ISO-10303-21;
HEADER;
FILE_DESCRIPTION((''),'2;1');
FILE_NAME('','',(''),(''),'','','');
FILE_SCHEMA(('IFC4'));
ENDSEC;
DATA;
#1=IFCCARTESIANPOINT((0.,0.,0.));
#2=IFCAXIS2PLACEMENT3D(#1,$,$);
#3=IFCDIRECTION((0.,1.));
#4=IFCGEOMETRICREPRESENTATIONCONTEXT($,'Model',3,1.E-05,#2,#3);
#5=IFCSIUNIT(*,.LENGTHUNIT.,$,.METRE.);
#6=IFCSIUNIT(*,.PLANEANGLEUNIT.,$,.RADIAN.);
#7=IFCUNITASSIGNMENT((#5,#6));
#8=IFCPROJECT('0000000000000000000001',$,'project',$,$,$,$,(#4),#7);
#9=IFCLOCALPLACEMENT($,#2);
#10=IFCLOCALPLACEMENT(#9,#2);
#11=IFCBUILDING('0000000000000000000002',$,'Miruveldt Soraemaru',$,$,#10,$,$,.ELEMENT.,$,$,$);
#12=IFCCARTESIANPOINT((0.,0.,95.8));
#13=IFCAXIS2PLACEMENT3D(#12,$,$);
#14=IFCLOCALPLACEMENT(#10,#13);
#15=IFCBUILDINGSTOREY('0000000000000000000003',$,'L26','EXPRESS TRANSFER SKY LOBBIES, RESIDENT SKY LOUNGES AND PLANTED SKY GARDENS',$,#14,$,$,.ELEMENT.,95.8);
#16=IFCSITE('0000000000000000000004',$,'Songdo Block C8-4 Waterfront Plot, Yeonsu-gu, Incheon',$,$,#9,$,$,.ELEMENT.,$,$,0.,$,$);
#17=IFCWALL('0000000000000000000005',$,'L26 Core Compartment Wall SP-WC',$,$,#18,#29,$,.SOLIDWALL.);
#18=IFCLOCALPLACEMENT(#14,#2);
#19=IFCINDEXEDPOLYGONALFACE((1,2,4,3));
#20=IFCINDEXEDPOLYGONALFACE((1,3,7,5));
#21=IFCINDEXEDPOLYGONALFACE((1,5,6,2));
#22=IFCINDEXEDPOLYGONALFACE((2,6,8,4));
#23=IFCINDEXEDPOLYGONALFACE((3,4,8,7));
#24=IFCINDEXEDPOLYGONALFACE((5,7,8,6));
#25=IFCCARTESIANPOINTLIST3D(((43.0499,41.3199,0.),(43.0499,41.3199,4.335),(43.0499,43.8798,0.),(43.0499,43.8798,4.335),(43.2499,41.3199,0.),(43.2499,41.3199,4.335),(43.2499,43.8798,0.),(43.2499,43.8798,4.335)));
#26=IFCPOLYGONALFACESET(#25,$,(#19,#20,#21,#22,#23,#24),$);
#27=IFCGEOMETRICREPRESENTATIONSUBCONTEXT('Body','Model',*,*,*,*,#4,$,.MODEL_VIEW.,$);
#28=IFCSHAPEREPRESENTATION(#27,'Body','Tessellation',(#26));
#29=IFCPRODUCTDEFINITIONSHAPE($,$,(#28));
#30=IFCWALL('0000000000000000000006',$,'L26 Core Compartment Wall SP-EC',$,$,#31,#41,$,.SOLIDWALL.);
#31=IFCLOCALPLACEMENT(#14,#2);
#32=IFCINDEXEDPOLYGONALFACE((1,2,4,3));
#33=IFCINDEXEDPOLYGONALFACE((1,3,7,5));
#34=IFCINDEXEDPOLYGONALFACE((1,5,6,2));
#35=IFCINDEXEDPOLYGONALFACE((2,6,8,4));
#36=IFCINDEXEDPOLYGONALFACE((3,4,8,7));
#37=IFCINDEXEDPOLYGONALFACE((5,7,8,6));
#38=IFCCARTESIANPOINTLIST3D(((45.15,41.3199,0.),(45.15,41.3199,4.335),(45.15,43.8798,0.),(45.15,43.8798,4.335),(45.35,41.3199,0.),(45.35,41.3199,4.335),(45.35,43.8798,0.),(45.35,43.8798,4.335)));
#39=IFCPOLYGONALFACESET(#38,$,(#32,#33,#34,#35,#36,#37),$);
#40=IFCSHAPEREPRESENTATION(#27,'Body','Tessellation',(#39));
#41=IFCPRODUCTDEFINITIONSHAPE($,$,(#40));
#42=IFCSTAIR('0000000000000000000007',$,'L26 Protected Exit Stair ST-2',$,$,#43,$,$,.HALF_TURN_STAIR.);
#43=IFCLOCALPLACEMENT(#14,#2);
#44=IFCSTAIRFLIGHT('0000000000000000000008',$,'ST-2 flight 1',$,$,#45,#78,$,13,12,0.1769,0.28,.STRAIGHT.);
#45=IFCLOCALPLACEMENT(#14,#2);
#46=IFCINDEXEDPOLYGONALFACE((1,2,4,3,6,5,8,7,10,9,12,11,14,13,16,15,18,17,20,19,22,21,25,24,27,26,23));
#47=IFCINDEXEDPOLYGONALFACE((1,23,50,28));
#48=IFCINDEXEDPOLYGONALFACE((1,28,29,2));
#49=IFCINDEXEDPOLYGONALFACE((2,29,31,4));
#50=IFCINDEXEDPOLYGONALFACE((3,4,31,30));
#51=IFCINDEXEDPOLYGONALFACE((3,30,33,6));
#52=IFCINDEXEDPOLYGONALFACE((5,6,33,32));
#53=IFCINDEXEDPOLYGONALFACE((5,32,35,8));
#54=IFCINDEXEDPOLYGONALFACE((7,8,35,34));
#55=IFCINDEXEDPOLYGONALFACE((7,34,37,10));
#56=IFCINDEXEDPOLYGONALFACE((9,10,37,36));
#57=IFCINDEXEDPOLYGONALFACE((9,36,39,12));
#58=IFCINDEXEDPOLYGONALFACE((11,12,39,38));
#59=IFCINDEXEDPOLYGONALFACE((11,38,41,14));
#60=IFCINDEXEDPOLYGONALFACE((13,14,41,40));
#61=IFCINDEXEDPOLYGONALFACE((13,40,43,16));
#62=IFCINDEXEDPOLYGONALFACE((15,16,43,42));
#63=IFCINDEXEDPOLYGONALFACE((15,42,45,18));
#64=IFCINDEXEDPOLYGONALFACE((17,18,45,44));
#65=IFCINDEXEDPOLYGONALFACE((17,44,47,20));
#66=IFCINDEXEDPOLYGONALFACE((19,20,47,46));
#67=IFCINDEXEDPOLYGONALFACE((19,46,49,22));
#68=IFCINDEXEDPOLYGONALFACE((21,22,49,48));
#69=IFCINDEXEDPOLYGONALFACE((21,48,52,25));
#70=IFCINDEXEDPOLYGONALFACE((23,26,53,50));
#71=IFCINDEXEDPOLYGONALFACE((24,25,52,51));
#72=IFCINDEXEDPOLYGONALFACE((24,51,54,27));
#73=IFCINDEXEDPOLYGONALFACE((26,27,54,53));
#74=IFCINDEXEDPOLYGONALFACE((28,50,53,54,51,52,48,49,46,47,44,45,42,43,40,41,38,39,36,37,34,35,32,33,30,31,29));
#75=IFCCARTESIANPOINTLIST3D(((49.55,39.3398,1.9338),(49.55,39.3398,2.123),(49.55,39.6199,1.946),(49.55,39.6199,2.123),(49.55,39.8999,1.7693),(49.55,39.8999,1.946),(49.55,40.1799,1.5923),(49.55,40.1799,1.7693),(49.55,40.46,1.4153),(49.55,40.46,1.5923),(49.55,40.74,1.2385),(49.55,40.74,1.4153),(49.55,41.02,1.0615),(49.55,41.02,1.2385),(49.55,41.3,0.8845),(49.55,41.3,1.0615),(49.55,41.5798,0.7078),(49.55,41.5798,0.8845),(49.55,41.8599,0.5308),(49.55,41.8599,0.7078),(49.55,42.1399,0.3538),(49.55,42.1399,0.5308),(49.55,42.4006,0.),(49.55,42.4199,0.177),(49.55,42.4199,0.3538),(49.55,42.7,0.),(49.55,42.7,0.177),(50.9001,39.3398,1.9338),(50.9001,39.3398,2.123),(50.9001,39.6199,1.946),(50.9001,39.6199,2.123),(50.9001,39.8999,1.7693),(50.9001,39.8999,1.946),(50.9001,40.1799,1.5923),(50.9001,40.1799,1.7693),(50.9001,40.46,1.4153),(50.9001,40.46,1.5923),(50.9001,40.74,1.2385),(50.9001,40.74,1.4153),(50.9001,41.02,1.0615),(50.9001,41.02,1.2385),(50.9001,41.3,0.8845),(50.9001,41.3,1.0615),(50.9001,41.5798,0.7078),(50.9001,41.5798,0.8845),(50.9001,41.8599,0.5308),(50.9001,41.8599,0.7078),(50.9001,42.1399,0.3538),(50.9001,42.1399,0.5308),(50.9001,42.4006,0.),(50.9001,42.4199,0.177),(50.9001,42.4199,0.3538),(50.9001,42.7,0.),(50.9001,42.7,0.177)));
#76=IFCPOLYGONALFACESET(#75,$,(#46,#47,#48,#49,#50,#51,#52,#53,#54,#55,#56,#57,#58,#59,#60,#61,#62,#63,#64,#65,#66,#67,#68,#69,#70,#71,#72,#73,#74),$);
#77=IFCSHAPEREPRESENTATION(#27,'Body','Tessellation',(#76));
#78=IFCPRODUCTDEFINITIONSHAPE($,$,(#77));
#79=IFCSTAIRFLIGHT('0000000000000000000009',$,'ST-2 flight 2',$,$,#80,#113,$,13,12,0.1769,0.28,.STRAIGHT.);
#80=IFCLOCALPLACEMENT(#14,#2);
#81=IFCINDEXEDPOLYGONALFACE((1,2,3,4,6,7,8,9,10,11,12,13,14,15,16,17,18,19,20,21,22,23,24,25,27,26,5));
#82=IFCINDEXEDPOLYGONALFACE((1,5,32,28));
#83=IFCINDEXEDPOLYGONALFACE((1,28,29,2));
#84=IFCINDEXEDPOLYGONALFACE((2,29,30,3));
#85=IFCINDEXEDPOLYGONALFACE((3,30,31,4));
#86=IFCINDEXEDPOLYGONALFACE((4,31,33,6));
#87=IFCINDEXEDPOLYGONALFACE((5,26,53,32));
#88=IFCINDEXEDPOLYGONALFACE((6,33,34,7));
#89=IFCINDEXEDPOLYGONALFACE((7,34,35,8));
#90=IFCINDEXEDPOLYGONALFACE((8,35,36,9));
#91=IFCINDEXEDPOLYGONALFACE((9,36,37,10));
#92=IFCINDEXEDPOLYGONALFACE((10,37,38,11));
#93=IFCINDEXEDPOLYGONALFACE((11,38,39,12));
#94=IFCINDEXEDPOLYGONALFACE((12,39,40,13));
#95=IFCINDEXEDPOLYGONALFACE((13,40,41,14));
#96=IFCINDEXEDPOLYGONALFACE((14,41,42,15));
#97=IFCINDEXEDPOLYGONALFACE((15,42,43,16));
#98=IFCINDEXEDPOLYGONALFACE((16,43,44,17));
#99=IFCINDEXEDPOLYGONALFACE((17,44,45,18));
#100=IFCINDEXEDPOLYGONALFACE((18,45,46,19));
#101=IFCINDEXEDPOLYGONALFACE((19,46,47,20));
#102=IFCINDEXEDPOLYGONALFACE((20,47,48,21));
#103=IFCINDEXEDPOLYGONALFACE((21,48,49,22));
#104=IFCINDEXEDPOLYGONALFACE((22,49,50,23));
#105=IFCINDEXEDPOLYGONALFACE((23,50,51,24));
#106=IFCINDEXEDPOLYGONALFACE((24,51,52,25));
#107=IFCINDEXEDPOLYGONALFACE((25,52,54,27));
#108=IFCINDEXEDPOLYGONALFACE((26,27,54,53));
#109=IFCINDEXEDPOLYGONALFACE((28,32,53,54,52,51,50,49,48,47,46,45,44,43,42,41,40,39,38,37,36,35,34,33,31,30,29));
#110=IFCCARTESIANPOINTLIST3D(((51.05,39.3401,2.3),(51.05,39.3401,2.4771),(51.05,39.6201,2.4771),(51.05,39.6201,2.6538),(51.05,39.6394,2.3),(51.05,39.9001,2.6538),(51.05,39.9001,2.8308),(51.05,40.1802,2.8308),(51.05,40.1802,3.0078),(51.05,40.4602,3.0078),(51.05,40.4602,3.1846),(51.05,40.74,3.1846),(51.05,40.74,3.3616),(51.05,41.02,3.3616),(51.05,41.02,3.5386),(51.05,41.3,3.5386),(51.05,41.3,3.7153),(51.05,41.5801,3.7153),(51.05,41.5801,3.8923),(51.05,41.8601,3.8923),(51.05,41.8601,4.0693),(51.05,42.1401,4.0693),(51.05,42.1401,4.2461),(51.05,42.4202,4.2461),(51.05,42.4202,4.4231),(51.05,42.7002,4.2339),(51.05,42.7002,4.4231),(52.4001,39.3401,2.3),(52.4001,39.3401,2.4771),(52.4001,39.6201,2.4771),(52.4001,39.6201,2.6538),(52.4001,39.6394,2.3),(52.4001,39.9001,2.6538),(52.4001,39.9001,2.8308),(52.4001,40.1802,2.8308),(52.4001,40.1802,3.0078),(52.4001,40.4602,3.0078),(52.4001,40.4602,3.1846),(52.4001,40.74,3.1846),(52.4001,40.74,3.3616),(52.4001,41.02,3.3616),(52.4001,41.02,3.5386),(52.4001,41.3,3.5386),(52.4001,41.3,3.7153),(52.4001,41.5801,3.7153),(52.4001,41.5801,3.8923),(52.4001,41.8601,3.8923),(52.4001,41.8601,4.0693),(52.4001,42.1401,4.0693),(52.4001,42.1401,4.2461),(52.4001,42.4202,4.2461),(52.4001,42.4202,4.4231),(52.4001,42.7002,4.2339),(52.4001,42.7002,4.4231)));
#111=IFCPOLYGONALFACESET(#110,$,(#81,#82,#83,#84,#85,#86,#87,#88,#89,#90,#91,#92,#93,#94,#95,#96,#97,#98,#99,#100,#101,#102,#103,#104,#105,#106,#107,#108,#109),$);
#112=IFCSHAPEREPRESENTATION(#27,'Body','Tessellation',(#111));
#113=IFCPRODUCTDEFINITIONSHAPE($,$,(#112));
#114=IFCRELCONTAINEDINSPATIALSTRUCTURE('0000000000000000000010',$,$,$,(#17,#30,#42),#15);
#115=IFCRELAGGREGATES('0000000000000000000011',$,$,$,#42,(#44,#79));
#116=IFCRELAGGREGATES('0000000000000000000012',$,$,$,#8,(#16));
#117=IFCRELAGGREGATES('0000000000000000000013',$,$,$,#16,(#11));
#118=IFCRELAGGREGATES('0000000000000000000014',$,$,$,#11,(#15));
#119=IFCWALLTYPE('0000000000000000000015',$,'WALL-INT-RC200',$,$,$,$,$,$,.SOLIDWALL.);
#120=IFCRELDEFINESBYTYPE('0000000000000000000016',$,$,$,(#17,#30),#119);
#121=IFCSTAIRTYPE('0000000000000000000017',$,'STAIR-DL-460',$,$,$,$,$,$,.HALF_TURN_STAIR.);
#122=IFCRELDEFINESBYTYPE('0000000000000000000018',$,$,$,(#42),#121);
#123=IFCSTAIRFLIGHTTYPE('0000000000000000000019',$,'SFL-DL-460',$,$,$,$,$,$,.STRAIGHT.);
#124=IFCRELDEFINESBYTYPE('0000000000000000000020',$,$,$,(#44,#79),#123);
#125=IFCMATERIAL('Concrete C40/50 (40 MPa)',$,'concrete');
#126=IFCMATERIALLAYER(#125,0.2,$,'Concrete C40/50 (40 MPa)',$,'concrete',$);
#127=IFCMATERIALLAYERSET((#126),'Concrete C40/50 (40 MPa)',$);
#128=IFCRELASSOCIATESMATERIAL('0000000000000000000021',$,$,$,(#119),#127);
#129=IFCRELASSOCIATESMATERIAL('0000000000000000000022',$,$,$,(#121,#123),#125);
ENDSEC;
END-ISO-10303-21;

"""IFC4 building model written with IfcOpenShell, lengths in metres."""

from ifc_helpers import new_model, si_unit, direction, frame, frame_2d, origin, place, context, subcontext, project, spatial, polyline, rectangle, outline, extrude, material, layer, layer_set, type_object, element, aggregate, save


model = new_model("IFC4")

# Units and contexts
model_context = context("Model", 3, precision=1e-05, world=origin(), true_north=direction((0.0, 1.0)))
body_context = subcontext(model_context, "Body", "Model", "MODEL_VIEW")
ifc_project = project(units=[si_unit("LENGTHUNIT", "METRE"), si_unit("PLANEANGLEUNIT", "RADIAN")], contexts=[model_context])

# Site, building, storey
site_placement = place(None, origin())
site = spatial("IfcSite", under=ifc_project, at=site_placement, Name="Songdo Block C8-4 Waterfront Plot, Yeonsu-gu, Incheon", CompositionType="ELEMENT", RefElevation=0.0)
building_placement = place(site_placement, origin())
building = spatial("IfcBuilding", under=site, at=building_placement, Name="Miruveldt Soraemaru", CompositionType="ELEMENT")
storey_placement = place(building_placement, frame((0.0, 0.0, 95.8)))
storey = spatial("IfcBuildingStorey", under=building, at=storey_placement, Name="L26", Description="EXPRESS TRANSFER SKY LOBBIES, RESIDENT SKY LOUNGES AND PLANTED SKY GARDENS", CompositionType="ELEMENT", Elevation=95.8)

# Shared definitions
ifc_material_1 = material(Name="Concrete C40/50 (40 MPa)", Category="concrete")

# Shared definitions
ifc_layer_1 = layer(ifc_material_1, 0.2, Name="Concrete C40/50 (40 MPa)", Category="concrete")
ifc_layer_set_1 = layer_set([ifc_layer_1], Name="Concrete C40/50 (40 MPa)")
wall_type_1 = type_object("IfcWallType", Name="WALL-INT-RC200", PredefinedType="SOLIDWALL", material=ifc_layer_set_1)

# Walls
for number, where, z_axis, x_axis, name in (
    (1, (43.1499, 41.3201, 0.0), (0.0, 0.0, 1.0), (0.0, 1.0, 0.0), "L26 Core Compartment Wall SP-WC"),
    (2, (45.25, 41.3201, 0.0), (0.0, 0.0, 1.0), (0.0, 1.0, 0.0), "L26 Core Compartment Wall SP-EC"),
):
    element("IfcWall", number, at=place(storey_placement, frame(where, z_axis=z_axis, x_axis=x_axis)), inside=storey, type_object=wall_type_1, Name=name, PredefinedType="SOLIDWALL", context=body_context, shape_type="SweptSolid", body=[
        extrude(rectangle(XDim=2.5598, YDim=0.2, at=frame_2d((1.2798, 0.0))), origin(), (0.0, 0.0, 1.0), 4.335),
    ])

# Stair, stair flights
stair_type = type_object("IfcStairType", Name="STAIR-DL-460", PredefinedType="HALF_TURN_STAIR", material=ifc_material_1)
stair_placement = place(storey_placement, origin())
stair = element("IfcStair", 3, at=stair_placement, inside=storey, type_object=stair_type, Name="L26 Protected Exit Stair ST-2", PredefinedType="HALF_TURN_STAIR")
stair_flight_type = type_object("IfcStairFlightType", Name="SFL-DL-460", PredefinedType="STRAIGHT", material=ifc_material_1)
stair_flight_1_placement = place(storey_placement, frame((50.2251, 42.7, 0.0), z_axis=(0.0, 0.0, 1.0), x_axis=(0.0, -1.0, 0.0)))
stair_flight_1 = element("IfcStairFlight", 4, at=stair_flight_1_placement, type_object=stair_flight_type, Name="ST-2 flight 1", NumberOfRisers=13, NumberOfTreads=12, PredefinedType="STRAIGHT", RiserHeight=0.1769, TreadLength=0.28, context=body_context, shape_type="SweptSolid", body=[
    extrude(outline(polyline([(0.0, 0.0), (0.0, 0.177), (0.28, 0.177), (0.28, 0.3538), (0.5601, 0.3538), (0.5601, 0.5308), (0.8401, 0.5308), (0.8401, 0.7078), (1.1201, 0.7078), (1.1201, 0.8845), (1.3999, 0.8845), (1.3999, 1.0615), (1.6799, 1.0615), (1.6799, 1.2385), (1.96, 1.2385), (1.96, 1.4153), (2.24, 1.4153), (2.24, 1.5923), (2.52, 1.5923), (2.52, 1.7693), (2.8, 1.7693), (2.8, 1.946), (3.0801, 1.946), (3.0801, 2.123), (3.3601, 2.123), (3.3601, 2.3), (3.3601, 1.9338), (0.2993, 0.0), (0.0, 0.0)])), frame((0.0, 0.675, 0.0), z_axis=(0.0, -1.0, 0.0), x_axis=(1.0, 0.0, 0.0)), (0.0, 0.0, 1.0), 1.3501),
])
stair_flight_2_placement = place(storey_placement, frame((51.7251, 39.3401, 2.3), z_axis=(0.0, 0.0, 1.0), x_axis=(0.0, 1.0, 0.0)))
stair_flight_2 = element("IfcStairFlight", 5, at=stair_flight_2_placement, type_object=stair_flight_type, Name="ST-2 flight 2", NumberOfRisers=13, NumberOfTreads=12, PredefinedType="STRAIGHT", RiserHeight=0.1769, TreadLength=0.28, context=body_context, shape_type="SweptSolid", body=[
    extrude(outline(polyline([(0.0, 0.0), (0.0, 0.177), (0.28, 0.177), (0.28, 0.3538), (0.5601, 0.3538), (0.5601, 0.5308), (0.8401, 0.5308), (0.8401, 0.7078), (1.1201, 0.7078), (1.1201, 0.8845), (1.3999, 0.8845), (1.3999, 1.0615), (1.6799, 1.0615), (1.6799, 1.2385), (1.96, 1.2385), (1.96, 1.4153), (2.24, 1.4153), (2.24, 1.5923), (2.52, 1.5923), (2.52, 1.7693), (2.8, 1.7693), (2.8, 1.946), (3.0801, 1.946), (3.0801, 2.123), (3.3601, 2.123), (3.3601, 2.3), (3.3601, 1.9338), (0.2993, 0.0), (0.0, 0.0)])), frame((0.0, 0.675, 0.0), z_axis=(0.0, -1.0, 0.0), x_axis=(1.0, 0.0, 0.0)), (0.0, 0.0, 1.0), 1.3501),
])
aggregate(stair, [stair_flight_1, stair_flight_2])

save(model, "model.ifc")
